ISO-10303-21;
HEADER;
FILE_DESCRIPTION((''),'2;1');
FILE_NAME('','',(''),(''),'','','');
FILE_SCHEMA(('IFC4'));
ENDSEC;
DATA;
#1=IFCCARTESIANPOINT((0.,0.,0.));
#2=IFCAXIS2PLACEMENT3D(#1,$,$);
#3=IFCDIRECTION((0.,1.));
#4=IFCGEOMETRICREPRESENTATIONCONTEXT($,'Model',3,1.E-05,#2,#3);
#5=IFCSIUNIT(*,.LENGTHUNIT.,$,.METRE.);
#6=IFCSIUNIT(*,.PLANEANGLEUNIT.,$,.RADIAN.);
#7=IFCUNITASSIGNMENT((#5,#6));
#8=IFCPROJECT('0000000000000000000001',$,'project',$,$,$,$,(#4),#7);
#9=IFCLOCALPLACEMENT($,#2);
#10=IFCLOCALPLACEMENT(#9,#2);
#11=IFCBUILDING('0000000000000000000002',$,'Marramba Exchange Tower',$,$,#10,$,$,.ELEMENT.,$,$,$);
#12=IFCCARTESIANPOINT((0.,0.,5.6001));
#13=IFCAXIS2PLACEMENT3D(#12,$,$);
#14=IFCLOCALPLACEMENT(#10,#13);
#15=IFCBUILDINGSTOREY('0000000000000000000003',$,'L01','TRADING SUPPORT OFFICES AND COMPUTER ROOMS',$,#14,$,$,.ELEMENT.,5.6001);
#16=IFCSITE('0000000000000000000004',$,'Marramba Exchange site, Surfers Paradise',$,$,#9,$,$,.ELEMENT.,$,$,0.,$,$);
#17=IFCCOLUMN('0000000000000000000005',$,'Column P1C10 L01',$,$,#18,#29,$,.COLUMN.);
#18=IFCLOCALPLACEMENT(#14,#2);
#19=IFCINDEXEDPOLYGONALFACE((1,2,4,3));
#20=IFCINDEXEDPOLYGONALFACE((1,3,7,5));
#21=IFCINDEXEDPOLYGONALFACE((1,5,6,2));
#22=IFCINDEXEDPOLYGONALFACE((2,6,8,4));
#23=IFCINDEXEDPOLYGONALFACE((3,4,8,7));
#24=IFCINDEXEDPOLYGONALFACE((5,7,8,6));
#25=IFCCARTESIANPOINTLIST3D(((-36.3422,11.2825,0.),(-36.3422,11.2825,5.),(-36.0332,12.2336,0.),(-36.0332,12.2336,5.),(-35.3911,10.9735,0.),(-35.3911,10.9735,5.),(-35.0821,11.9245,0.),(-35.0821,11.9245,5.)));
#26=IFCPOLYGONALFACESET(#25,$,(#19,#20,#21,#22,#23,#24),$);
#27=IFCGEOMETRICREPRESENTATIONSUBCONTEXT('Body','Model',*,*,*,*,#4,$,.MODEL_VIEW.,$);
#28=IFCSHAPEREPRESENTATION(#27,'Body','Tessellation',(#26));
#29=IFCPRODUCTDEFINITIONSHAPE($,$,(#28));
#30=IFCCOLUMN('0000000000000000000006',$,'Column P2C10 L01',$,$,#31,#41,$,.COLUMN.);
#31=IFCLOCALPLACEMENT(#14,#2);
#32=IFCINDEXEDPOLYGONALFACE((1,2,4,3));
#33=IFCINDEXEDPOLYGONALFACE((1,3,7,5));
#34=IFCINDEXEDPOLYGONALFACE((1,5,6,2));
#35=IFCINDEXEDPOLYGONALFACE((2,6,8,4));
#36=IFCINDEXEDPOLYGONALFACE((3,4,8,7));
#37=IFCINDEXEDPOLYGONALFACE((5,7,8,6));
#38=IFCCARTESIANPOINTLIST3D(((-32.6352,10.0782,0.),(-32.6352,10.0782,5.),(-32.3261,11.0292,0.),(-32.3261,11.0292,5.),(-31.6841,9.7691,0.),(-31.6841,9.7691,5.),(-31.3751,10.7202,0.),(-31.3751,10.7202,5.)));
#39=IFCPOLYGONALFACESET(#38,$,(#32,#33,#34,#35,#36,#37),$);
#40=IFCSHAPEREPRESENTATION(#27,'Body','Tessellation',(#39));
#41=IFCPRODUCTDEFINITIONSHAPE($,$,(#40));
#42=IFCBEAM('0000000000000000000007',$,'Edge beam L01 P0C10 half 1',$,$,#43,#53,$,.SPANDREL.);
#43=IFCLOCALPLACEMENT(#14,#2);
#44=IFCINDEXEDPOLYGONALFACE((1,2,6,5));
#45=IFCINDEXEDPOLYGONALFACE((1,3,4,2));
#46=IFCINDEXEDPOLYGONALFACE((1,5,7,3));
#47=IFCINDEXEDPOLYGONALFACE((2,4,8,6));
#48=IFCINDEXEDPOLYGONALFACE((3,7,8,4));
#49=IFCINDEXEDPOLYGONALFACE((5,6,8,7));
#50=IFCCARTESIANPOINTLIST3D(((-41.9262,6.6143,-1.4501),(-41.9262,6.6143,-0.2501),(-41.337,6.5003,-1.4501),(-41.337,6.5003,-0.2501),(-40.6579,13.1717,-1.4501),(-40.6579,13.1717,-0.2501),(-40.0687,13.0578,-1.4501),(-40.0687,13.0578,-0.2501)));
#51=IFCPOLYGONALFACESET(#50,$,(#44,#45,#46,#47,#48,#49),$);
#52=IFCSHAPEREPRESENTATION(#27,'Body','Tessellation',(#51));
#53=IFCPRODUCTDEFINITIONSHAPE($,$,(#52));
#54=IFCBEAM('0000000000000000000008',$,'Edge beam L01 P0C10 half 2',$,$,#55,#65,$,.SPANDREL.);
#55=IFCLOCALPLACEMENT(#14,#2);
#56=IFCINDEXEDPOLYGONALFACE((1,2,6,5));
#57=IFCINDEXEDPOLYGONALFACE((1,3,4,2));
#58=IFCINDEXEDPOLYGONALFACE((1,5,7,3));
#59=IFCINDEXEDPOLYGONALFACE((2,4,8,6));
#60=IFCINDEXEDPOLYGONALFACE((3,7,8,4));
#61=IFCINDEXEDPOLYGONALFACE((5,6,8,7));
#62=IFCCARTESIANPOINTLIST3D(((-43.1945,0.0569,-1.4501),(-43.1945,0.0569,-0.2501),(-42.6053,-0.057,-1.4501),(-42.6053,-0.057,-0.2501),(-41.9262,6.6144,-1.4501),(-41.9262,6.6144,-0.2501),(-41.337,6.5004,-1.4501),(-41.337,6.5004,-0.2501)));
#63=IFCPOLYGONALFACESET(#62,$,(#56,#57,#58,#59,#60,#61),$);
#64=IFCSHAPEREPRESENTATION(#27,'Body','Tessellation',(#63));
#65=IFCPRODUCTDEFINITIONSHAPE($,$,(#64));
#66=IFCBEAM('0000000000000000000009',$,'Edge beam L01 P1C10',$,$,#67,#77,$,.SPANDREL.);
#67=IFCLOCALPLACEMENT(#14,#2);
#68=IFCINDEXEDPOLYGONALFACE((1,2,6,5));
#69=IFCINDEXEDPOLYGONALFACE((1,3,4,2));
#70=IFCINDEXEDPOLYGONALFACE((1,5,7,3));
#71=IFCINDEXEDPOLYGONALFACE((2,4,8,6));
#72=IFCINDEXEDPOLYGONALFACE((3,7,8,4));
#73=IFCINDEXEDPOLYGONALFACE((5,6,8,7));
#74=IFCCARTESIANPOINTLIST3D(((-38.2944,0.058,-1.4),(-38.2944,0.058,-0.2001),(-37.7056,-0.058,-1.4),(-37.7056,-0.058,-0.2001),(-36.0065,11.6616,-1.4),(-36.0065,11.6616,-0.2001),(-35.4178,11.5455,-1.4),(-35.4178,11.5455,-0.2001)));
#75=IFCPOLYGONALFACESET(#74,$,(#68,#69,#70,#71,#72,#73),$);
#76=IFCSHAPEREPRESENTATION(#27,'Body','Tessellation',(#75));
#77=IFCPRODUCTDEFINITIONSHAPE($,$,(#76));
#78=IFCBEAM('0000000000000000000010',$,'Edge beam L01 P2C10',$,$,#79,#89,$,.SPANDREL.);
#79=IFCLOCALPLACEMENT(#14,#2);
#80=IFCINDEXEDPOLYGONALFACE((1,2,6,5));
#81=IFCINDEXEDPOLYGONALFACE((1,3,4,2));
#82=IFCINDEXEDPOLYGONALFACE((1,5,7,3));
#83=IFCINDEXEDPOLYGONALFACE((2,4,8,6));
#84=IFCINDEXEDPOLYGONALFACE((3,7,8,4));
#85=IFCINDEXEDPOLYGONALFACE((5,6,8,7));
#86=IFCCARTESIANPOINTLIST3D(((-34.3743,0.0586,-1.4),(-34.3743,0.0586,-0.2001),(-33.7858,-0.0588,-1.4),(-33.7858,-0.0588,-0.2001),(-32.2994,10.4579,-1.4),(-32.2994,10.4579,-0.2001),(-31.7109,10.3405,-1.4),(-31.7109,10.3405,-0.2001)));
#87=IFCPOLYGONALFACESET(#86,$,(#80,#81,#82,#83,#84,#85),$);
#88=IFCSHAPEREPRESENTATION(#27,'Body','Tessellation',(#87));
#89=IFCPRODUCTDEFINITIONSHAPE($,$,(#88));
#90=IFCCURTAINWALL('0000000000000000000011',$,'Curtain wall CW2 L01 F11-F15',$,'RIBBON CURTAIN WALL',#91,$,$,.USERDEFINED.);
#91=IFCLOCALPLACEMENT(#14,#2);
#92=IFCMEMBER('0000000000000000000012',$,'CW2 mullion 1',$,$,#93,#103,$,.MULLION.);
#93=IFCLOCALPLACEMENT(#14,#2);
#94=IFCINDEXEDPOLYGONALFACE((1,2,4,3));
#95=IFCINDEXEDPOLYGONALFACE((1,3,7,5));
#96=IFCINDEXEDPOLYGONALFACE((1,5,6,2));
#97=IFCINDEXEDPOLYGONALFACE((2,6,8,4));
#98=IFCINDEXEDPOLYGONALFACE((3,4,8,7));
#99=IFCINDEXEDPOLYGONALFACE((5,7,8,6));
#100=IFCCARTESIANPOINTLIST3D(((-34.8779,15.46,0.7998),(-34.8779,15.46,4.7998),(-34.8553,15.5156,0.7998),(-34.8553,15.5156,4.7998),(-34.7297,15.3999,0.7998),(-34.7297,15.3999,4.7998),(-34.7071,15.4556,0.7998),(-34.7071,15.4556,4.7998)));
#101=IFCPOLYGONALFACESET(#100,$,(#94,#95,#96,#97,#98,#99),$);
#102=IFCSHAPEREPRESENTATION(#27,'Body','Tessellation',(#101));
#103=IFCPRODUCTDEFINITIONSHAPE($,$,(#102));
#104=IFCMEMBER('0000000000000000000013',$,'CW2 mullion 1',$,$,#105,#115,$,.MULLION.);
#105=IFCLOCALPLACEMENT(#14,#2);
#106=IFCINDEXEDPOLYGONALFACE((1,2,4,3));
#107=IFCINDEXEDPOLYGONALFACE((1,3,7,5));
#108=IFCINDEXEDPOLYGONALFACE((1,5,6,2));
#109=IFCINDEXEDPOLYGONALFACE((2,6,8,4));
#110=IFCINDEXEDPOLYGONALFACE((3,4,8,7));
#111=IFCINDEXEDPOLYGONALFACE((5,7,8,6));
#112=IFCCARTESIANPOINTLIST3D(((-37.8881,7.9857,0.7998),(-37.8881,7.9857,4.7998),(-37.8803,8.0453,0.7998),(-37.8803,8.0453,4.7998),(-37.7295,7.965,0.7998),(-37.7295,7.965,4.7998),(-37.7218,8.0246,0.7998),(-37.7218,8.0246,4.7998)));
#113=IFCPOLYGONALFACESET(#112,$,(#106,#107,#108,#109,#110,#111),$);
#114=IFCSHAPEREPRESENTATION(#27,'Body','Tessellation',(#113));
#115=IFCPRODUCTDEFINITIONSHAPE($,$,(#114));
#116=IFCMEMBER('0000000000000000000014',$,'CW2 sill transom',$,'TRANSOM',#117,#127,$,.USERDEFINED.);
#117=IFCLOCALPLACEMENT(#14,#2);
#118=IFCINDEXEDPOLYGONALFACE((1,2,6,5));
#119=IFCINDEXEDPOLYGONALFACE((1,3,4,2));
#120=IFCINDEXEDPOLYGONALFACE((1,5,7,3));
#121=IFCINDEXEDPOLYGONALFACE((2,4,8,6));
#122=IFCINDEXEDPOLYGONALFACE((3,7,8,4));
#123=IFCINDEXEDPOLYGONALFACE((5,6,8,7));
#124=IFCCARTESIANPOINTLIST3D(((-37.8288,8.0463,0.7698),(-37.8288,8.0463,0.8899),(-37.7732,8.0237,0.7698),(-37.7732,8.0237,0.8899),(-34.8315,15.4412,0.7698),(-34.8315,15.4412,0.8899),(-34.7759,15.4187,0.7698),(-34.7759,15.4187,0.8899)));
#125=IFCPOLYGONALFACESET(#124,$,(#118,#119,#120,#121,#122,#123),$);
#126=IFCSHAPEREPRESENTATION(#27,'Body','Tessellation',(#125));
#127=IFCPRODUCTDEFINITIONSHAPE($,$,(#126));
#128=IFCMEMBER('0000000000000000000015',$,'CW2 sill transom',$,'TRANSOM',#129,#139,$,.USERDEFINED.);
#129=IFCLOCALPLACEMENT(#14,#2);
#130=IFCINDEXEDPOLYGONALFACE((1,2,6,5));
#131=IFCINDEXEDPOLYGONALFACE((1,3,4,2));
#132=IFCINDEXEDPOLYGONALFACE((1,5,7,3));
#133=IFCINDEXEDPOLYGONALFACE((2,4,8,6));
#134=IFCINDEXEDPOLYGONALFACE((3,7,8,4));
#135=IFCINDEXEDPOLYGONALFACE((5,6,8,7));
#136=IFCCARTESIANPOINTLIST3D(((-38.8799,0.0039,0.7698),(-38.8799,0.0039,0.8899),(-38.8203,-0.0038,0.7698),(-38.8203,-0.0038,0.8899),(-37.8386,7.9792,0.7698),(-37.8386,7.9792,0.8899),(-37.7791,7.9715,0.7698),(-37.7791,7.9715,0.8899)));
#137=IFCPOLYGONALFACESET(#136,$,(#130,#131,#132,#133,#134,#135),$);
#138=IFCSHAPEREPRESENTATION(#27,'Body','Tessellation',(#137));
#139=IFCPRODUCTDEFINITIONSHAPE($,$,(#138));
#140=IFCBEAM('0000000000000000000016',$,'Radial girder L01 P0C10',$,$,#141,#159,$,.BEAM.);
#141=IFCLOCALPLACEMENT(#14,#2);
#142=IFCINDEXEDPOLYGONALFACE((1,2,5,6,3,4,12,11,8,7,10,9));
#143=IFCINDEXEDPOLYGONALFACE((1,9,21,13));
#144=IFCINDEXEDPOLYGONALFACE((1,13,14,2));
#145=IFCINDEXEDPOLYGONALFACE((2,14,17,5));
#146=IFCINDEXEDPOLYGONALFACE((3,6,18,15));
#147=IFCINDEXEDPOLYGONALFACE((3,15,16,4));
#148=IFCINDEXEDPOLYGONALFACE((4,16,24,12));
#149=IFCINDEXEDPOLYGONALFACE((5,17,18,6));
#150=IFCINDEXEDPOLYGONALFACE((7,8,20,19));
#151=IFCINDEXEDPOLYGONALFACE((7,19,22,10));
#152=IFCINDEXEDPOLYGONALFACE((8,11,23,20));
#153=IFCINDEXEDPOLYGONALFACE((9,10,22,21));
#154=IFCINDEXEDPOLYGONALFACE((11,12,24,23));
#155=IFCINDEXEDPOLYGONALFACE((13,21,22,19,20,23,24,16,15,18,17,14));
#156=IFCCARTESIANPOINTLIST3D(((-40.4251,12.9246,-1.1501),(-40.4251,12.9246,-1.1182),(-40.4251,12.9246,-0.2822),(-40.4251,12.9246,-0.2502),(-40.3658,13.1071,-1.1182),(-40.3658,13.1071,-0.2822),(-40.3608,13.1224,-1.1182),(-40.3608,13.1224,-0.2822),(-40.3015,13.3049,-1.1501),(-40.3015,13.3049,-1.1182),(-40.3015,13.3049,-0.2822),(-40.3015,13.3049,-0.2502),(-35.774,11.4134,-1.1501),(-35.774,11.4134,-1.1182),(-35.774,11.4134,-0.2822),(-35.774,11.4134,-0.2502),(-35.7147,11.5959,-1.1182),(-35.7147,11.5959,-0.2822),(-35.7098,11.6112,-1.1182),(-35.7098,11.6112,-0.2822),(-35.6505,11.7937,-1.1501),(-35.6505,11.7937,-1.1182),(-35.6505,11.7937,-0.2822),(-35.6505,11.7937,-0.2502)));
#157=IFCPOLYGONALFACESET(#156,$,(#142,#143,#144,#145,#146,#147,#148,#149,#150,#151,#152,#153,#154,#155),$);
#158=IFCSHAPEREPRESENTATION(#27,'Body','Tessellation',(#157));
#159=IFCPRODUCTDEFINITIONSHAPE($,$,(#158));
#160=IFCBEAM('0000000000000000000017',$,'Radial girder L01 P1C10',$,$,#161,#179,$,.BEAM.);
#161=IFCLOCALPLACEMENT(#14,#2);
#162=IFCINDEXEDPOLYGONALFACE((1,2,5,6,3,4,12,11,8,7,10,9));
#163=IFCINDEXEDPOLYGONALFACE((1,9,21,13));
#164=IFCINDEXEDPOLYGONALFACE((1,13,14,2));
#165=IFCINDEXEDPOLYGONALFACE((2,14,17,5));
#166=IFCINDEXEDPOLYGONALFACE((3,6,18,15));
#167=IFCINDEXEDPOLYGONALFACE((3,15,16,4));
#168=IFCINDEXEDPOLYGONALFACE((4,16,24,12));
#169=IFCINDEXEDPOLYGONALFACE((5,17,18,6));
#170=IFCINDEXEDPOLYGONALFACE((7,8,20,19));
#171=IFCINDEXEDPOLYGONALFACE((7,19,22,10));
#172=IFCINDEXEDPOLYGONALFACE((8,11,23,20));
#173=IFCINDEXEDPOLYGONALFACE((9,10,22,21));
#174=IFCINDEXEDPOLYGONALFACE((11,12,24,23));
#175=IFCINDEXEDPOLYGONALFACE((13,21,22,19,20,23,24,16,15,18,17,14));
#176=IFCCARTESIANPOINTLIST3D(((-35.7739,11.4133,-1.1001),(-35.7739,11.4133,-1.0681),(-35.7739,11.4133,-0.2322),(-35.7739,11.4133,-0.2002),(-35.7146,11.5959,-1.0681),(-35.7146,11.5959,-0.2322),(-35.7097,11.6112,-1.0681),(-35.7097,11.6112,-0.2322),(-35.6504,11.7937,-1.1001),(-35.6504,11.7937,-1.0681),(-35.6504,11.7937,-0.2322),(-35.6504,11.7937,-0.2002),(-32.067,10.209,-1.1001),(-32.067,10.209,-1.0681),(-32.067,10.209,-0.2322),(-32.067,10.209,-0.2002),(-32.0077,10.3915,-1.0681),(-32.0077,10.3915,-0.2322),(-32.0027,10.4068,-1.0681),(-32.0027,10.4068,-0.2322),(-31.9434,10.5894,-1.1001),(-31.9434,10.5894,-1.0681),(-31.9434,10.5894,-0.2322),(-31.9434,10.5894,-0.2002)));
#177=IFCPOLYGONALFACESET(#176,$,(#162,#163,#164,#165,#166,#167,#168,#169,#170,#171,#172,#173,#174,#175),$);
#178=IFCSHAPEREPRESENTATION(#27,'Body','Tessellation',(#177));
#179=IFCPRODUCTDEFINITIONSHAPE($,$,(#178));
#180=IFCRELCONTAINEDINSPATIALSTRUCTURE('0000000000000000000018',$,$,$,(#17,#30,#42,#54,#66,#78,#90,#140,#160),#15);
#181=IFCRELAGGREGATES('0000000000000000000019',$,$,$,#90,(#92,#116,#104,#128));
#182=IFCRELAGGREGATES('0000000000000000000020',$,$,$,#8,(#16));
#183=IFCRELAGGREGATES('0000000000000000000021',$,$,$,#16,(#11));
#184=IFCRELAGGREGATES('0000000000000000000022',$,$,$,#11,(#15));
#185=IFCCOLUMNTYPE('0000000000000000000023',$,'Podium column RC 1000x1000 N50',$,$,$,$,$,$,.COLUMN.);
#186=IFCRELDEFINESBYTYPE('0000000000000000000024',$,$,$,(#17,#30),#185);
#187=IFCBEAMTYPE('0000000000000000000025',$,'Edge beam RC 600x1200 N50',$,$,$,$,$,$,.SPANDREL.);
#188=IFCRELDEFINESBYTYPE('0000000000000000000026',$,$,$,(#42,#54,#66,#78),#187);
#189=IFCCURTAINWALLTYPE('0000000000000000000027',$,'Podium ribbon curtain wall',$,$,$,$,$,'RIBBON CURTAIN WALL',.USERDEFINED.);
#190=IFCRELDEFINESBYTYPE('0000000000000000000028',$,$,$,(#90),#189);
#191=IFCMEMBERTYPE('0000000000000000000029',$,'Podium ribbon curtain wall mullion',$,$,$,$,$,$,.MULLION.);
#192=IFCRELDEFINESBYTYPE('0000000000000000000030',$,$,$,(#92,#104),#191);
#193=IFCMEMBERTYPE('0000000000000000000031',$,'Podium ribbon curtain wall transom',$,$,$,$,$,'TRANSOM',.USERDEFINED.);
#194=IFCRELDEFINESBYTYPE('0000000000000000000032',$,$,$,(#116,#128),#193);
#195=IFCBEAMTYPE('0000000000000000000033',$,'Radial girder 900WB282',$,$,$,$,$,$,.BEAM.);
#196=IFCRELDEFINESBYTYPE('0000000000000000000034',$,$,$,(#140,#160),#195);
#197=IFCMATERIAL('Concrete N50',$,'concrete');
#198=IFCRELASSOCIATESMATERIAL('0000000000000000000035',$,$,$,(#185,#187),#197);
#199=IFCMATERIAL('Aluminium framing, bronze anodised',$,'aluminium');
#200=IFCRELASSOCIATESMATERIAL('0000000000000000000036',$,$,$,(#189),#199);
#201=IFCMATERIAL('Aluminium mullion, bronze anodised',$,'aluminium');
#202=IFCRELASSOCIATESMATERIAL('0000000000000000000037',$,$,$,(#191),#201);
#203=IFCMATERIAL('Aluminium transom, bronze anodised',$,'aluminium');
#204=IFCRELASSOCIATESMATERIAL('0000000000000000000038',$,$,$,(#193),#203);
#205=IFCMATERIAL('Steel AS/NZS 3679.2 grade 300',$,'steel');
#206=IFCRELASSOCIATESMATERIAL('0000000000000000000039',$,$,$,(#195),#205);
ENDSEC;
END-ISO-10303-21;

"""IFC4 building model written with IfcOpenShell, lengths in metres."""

from ifc_helpers import new_model, si_unit, direction, frame, origin, origin_2d, place, context, subcontext, project, spatial, rectangle, i_section, extrude, material, material_profile, profile_set, type_object, element, aggregate, save


model = new_model("IFC4")

# Units and contexts
model_context = context("Model", 3, precision=1e-05, world=origin(), true_north=direction((0.0, 1.0)))
body_context = subcontext(model_context, "Body", "Model", "MODEL_VIEW")
ifc_project = project(units=[si_unit("LENGTHUNIT", "METRE"), si_unit("PLANEANGLEUNIT", "RADIAN")], contexts=[model_context])

# Site, building, storey
site_placement = place(None, origin())
site = spatial("IfcSite", under=ifc_project, at=site_placement, Name="Marramba Exchange site, Surfers Paradise", CompositionType="ELEMENT", RefElevation=0.0)
building_placement = place(site_placement, origin())
building = spatial("IfcBuilding", under=site, at=building_placement, Name="Marramba Exchange Tower", CompositionType="ELEMENT")
storey_placement = place(building_placement, frame((0.0, 0.0, 5.6001)))
storey = spatial("IfcBuildingStorey", under=building, at=storey_placement, Name="L01", Description="TRADING SUPPORT OFFICES AND COMPUTER ROOMS", CompositionType="ELEMENT", Elevation=5.6001)

# Columns
ifc_material_1 = material(Name="Concrete N50", Category="concrete")
ifc_material_profile_1 = material_profile(ifc_material_1, rectangle(XDim=1.0, YDim=1.0, at=origin_2d()), Name="RC 1000x1000")
ifc_profile_set_1 = profile_set([ifc_material_profile_1], Name="Concrete N50")
column_type = type_object("IfcColumnType", Name="Podium column RC 1000x1000 N50", PredefinedType="COLUMN", material=ifc_profile_set_1)
for number, where, z_axis, x_axis, name in (
    (1, (-35.7122, 11.6035, 0.0), (0.0, 0.0, 1.0), (-0.951057, 0.309017, 0.0), "Column P1C10 L01"),
    (2, (-32.0051, 10.3992, 0.0), (0.0, 0.0, 1.0), (-0.951057, 0.309017, 0.0), "Column P2C10 L01"),
):
    element("IfcColumn", number, at=place(storey_placement, frame(where, z_axis=z_axis, x_axis=x_axis)), inside=storey, type_object=column_type, Name=name, PredefinedType="COLUMN", context=body_context, shape_type="SweptSolid", body=[
        extrude(rectangle(XDim=1.0, YDim=1.0, at=origin_2d()), origin(), (0.0, 0.0, 1.0), 5.0),
    ])

# Beams
ifc_material_profile_2 = material_profile(ifc_material_1, rectangle(XDim=0.6001, YDim=1.2, at=origin_2d()), Name="RC 600x1200")
ifc_profile_set_2 = profile_set([ifc_material_profile_2], Name="Concrete N50")
beam_type_1 = type_object("IfcBeamType", Name="Edge beam RC 600x1200 N50", PredefinedType="SPANDREL", material=ifc_profile_set_2)
for number, where, z_axis, x_axis, name in (
    (3, (-40.3633, 13.1147, -0.8501), (-0.189898, -0.981804, 0.0), (0.981804, -0.189898, 0.0), "Edge beam L01 P0C10 half 1"),
    (4, (-41.6316, 6.5574, -0.8501), (-0.189898, -0.981804, 0.0), (0.981804, -0.189898, 0.0), "Edge beam L01 P0C10 half 2"),
):
    element("IfcBeam", number, at=place(storey_placement, frame(where, z_axis=z_axis, x_axis=x_axis)), inside=storey, type_object=beam_type_1, Name=name, PredefinedType="SPANDREL", context=body_context, shape_type="SweptSolid", body=[
        extrude(rectangle(XDim=0.6001, YDim=1.2, at=origin_2d()), origin(), (0.0, 0.0, 1.0), 6.679),
    ])
beam_1_placement = place(storey_placement, frame((-35.7122, 11.6035, -0.8), z_axis=(-0.193444, -0.981111, 0.0), x_axis=(0.981111, -0.193444, 0.0)))
element("IfcBeam", 5, at=beam_1_placement, inside=storey, type_object=beam_type_1, Name="Edge beam L01 P1C10", PredefinedType="SPANDREL", context=body_context, shape_type="SweptSolid", body=[
    extrude(rectangle(XDim=0.6001, YDim=1.2, at=origin_2d()), origin(), (0.0, 0.0, 1.0), 11.8269),
])
beam_2_placement = place(storey_placement, frame((-32.0051, 10.3992, -0.8), z_axis=(-0.195673, -0.980669, 0.0), x_axis=(0.980669, -0.195673, 0.0)))
element("IfcBeam", 6, at=beam_2_placement, inside=storey, type_object=beam_type_1, Name="Edge beam L01 P2C10", PredefinedType="SPANDREL", context=body_context, shape_type="SweptSolid", body=[
    extrude(rectangle(XDim=0.6001, YDim=1.2, at=origin_2d()), origin(), (0.0, 0.0, 1.0), 10.6042),
])

# Curtain wall, members
ifc_material_2 = material(Name="Aluminium framing, bronze anodised", Category="aluminium")
curtain_wall_type = type_object("IfcCurtainWallType", Name="Podium ribbon curtain wall", ElementType="RIBBON CURTAIN WALL", PredefinedType="USERDEFINED", material=ifc_material_2)
curtain_wall_placement = place(storey_placement, origin())
curtain_wall = element("IfcCurtainWall", 7, at=curtain_wall_placement, inside=storey, type_object=curtain_wall_type, Name="Curtain wall CW2 L01 F11-F15", ObjectType="RIBBON CURTAIN WALL", PredefinedType="USERDEFINED")
ifc_material_3 = material(Name="Aluminium mullion, bronze anodised", Category="aluminium")
ifc_material_profile_3 = material_profile(ifc_material_3, rectangle(XDim=0.1599, YDim=0.0601, at=origin_2d()), Name="CW2 mullion 60x160")
ifc_profile_set_3 = profile_set([ifc_material_profile_3], Name="Aluminium mullion, bronze anodised")
member_type_1 = type_object("IfcMemberType", Name="Podium ribbon curtain wall mullion", PredefinedType="MULLION", material=ifc_profile_set_3)
member_1_placement = place(storey_placement, frame((-34.7925, 15.4578, 0.7998), z_axis=(0.0, 0.0, 1.0), x_axis=(0.926769, -0.375632, 0.0)))
member_1 = element("IfcMember", 8, at=member_1_placement, type_object=member_type_1, Name="CW2 mullion 1", PredefinedType="MULLION", context=body_context, shape_type="SweptSolid", body=[
    extrude(rectangle(XDim=0.1599, YDim=0.0601, at=origin_2d()), origin(), (0.0, 0.0, 1.0), 4.0),
])
member_2_placement = place(storey_placement, frame((-37.8049, 8.0051, 0.7998), z_axis=(0.0, 0.0, 1.0), x_axis=(0.991587, -0.129443, 0.0)))
member_2 = element("IfcMember", 9, at=member_2_placement, type_object=member_type_1, Name="CW2 mullion 1", PredefinedType="MULLION", context=body_context, shape_type="SweptSolid", body=[
    extrude(rectangle(XDim=0.1599, YDim=0.0601, at=origin_2d()), origin(), (0.0, 0.0, 1.0), 4.0),
])
ifc_material_4 = material(Name="Aluminium transom, bronze anodised", Category="aluminium")
ifc_material_profile_4 = material_profile(ifc_material_4, rectangle(XDim=0.0601, YDim=0.1201, at=origin_2d()), Name="CW2 transom 60x120")
ifc_profile_set_4 = profile_set([ifc_material_profile_4], Name="Aluminium transom, bronze anodised")
member_type_2 = type_object("IfcMemberType", Name="Podium ribbon curtain wall transom", ElementType="TRANSOM", PredefinedType="USERDEFINED", material=ifc_profile_set_4)
member_3_placement = place(storey_placement, frame((-34.8037, 15.4299, 0.8298), z_axis=(-0.375633, -0.926768, 0.0), x_axis=(0.926768, -0.375633, 0.0)))
member_3 = element("IfcMember", 10, at=member_3_placement, type_object=member_type_2, Name="CW2 sill transom", ObjectType="TRANSOM", PredefinedType="USERDEFINED", context=body_context, shape_type="SweptSolid", body=[
    extrude(rectangle(XDim=0.0601, YDim=0.1201, at=origin_2d()), origin(), (0.0, 0.0, 1.0), 7.9792),
])
member_4_placement = place(storey_placement, frame((-37.8088, 7.9753, 0.8298), z_axis=(-0.129461, -0.991584, 0.0), x_axis=(0.991584, -0.129461, 0.0)))
member_4 = element("IfcMember", 11, at=member_4_placement, type_object=member_type_2, Name="CW2 sill transom", ObjectType="TRANSOM", PredefinedType="USERDEFINED", context=body_context, shape_type="SweptSolid", body=[
    extrude(rectangle(XDim=0.0601, YDim=0.1201, at=origin_2d()), origin(), (0.0, 0.0, 1.0), 8.043),
])

# Beams
ifc_material_5 = material(Name="Steel AS/NZS 3679.2 grade 300", Category="steel")
ifc_material_profile_5 = material_profile(ifc_material_5, i_section(OverallWidth=0.3999, OverallDepth=0.8999, WebThickness=0.0161, FlangeThickness=0.032, at=origin_2d()), Name="900WB282")
ifc_profile_set_5 = profile_set([ifc_material_profile_5], Name="Steel AS/NZS 3679.2 grade 300")
beam_type_2 = type_object("IfcBeamType", Name="Radial girder 900WB282", PredefinedType="BEAM", material=ifc_profile_set_5)
beam_3_placement = place(storey_placement, frame((-40.3633, 13.1147, -0.7002), z_axis=(0.951057, -0.309015, 0.0), x_axis=(0.309015, 0.951057, 0.0)))
element("IfcBeam", 12, at=beam_3_placement, inside=storey, type_object=beam_type_2, Name="Radial girder L01 P0C10", PredefinedType="BEAM", context=body_context, shape_type="SweptSolid", body=[
    extrude(i_section(OverallWidth=0.3999, OverallDepth=0.8999, WebThickness=0.0161, FlangeThickness=0.032, at=origin_2d()), origin(), (0.0, 0.0, 1.0), 4.8904),
])
beam_4_placement = place(storey_placement, frame((-35.7122, 11.6035, -0.6501), z_axis=(0.951067, -0.308984, 0.0), x_axis=(0.308984, 0.951067, 0.0)))
element("IfcBeam", 13, at=beam_4_placement, inside=storey, type_object=beam_type_2, Name="Radial girder L01 P1C10", PredefinedType="BEAM", context=body_context, shape_type="SweptSolid", body=[
    extrude(i_section(OverallWidth=0.3999, OverallDepth=0.8999, WebThickness=0.0161, FlangeThickness=0.032, at=origin_2d()), origin(), (0.0, 0.0, 1.0), 3.8977),
])

aggregate(curtain_wall, [member_1, member_3, member_2, member_4])

save(model, "model.ifc")
